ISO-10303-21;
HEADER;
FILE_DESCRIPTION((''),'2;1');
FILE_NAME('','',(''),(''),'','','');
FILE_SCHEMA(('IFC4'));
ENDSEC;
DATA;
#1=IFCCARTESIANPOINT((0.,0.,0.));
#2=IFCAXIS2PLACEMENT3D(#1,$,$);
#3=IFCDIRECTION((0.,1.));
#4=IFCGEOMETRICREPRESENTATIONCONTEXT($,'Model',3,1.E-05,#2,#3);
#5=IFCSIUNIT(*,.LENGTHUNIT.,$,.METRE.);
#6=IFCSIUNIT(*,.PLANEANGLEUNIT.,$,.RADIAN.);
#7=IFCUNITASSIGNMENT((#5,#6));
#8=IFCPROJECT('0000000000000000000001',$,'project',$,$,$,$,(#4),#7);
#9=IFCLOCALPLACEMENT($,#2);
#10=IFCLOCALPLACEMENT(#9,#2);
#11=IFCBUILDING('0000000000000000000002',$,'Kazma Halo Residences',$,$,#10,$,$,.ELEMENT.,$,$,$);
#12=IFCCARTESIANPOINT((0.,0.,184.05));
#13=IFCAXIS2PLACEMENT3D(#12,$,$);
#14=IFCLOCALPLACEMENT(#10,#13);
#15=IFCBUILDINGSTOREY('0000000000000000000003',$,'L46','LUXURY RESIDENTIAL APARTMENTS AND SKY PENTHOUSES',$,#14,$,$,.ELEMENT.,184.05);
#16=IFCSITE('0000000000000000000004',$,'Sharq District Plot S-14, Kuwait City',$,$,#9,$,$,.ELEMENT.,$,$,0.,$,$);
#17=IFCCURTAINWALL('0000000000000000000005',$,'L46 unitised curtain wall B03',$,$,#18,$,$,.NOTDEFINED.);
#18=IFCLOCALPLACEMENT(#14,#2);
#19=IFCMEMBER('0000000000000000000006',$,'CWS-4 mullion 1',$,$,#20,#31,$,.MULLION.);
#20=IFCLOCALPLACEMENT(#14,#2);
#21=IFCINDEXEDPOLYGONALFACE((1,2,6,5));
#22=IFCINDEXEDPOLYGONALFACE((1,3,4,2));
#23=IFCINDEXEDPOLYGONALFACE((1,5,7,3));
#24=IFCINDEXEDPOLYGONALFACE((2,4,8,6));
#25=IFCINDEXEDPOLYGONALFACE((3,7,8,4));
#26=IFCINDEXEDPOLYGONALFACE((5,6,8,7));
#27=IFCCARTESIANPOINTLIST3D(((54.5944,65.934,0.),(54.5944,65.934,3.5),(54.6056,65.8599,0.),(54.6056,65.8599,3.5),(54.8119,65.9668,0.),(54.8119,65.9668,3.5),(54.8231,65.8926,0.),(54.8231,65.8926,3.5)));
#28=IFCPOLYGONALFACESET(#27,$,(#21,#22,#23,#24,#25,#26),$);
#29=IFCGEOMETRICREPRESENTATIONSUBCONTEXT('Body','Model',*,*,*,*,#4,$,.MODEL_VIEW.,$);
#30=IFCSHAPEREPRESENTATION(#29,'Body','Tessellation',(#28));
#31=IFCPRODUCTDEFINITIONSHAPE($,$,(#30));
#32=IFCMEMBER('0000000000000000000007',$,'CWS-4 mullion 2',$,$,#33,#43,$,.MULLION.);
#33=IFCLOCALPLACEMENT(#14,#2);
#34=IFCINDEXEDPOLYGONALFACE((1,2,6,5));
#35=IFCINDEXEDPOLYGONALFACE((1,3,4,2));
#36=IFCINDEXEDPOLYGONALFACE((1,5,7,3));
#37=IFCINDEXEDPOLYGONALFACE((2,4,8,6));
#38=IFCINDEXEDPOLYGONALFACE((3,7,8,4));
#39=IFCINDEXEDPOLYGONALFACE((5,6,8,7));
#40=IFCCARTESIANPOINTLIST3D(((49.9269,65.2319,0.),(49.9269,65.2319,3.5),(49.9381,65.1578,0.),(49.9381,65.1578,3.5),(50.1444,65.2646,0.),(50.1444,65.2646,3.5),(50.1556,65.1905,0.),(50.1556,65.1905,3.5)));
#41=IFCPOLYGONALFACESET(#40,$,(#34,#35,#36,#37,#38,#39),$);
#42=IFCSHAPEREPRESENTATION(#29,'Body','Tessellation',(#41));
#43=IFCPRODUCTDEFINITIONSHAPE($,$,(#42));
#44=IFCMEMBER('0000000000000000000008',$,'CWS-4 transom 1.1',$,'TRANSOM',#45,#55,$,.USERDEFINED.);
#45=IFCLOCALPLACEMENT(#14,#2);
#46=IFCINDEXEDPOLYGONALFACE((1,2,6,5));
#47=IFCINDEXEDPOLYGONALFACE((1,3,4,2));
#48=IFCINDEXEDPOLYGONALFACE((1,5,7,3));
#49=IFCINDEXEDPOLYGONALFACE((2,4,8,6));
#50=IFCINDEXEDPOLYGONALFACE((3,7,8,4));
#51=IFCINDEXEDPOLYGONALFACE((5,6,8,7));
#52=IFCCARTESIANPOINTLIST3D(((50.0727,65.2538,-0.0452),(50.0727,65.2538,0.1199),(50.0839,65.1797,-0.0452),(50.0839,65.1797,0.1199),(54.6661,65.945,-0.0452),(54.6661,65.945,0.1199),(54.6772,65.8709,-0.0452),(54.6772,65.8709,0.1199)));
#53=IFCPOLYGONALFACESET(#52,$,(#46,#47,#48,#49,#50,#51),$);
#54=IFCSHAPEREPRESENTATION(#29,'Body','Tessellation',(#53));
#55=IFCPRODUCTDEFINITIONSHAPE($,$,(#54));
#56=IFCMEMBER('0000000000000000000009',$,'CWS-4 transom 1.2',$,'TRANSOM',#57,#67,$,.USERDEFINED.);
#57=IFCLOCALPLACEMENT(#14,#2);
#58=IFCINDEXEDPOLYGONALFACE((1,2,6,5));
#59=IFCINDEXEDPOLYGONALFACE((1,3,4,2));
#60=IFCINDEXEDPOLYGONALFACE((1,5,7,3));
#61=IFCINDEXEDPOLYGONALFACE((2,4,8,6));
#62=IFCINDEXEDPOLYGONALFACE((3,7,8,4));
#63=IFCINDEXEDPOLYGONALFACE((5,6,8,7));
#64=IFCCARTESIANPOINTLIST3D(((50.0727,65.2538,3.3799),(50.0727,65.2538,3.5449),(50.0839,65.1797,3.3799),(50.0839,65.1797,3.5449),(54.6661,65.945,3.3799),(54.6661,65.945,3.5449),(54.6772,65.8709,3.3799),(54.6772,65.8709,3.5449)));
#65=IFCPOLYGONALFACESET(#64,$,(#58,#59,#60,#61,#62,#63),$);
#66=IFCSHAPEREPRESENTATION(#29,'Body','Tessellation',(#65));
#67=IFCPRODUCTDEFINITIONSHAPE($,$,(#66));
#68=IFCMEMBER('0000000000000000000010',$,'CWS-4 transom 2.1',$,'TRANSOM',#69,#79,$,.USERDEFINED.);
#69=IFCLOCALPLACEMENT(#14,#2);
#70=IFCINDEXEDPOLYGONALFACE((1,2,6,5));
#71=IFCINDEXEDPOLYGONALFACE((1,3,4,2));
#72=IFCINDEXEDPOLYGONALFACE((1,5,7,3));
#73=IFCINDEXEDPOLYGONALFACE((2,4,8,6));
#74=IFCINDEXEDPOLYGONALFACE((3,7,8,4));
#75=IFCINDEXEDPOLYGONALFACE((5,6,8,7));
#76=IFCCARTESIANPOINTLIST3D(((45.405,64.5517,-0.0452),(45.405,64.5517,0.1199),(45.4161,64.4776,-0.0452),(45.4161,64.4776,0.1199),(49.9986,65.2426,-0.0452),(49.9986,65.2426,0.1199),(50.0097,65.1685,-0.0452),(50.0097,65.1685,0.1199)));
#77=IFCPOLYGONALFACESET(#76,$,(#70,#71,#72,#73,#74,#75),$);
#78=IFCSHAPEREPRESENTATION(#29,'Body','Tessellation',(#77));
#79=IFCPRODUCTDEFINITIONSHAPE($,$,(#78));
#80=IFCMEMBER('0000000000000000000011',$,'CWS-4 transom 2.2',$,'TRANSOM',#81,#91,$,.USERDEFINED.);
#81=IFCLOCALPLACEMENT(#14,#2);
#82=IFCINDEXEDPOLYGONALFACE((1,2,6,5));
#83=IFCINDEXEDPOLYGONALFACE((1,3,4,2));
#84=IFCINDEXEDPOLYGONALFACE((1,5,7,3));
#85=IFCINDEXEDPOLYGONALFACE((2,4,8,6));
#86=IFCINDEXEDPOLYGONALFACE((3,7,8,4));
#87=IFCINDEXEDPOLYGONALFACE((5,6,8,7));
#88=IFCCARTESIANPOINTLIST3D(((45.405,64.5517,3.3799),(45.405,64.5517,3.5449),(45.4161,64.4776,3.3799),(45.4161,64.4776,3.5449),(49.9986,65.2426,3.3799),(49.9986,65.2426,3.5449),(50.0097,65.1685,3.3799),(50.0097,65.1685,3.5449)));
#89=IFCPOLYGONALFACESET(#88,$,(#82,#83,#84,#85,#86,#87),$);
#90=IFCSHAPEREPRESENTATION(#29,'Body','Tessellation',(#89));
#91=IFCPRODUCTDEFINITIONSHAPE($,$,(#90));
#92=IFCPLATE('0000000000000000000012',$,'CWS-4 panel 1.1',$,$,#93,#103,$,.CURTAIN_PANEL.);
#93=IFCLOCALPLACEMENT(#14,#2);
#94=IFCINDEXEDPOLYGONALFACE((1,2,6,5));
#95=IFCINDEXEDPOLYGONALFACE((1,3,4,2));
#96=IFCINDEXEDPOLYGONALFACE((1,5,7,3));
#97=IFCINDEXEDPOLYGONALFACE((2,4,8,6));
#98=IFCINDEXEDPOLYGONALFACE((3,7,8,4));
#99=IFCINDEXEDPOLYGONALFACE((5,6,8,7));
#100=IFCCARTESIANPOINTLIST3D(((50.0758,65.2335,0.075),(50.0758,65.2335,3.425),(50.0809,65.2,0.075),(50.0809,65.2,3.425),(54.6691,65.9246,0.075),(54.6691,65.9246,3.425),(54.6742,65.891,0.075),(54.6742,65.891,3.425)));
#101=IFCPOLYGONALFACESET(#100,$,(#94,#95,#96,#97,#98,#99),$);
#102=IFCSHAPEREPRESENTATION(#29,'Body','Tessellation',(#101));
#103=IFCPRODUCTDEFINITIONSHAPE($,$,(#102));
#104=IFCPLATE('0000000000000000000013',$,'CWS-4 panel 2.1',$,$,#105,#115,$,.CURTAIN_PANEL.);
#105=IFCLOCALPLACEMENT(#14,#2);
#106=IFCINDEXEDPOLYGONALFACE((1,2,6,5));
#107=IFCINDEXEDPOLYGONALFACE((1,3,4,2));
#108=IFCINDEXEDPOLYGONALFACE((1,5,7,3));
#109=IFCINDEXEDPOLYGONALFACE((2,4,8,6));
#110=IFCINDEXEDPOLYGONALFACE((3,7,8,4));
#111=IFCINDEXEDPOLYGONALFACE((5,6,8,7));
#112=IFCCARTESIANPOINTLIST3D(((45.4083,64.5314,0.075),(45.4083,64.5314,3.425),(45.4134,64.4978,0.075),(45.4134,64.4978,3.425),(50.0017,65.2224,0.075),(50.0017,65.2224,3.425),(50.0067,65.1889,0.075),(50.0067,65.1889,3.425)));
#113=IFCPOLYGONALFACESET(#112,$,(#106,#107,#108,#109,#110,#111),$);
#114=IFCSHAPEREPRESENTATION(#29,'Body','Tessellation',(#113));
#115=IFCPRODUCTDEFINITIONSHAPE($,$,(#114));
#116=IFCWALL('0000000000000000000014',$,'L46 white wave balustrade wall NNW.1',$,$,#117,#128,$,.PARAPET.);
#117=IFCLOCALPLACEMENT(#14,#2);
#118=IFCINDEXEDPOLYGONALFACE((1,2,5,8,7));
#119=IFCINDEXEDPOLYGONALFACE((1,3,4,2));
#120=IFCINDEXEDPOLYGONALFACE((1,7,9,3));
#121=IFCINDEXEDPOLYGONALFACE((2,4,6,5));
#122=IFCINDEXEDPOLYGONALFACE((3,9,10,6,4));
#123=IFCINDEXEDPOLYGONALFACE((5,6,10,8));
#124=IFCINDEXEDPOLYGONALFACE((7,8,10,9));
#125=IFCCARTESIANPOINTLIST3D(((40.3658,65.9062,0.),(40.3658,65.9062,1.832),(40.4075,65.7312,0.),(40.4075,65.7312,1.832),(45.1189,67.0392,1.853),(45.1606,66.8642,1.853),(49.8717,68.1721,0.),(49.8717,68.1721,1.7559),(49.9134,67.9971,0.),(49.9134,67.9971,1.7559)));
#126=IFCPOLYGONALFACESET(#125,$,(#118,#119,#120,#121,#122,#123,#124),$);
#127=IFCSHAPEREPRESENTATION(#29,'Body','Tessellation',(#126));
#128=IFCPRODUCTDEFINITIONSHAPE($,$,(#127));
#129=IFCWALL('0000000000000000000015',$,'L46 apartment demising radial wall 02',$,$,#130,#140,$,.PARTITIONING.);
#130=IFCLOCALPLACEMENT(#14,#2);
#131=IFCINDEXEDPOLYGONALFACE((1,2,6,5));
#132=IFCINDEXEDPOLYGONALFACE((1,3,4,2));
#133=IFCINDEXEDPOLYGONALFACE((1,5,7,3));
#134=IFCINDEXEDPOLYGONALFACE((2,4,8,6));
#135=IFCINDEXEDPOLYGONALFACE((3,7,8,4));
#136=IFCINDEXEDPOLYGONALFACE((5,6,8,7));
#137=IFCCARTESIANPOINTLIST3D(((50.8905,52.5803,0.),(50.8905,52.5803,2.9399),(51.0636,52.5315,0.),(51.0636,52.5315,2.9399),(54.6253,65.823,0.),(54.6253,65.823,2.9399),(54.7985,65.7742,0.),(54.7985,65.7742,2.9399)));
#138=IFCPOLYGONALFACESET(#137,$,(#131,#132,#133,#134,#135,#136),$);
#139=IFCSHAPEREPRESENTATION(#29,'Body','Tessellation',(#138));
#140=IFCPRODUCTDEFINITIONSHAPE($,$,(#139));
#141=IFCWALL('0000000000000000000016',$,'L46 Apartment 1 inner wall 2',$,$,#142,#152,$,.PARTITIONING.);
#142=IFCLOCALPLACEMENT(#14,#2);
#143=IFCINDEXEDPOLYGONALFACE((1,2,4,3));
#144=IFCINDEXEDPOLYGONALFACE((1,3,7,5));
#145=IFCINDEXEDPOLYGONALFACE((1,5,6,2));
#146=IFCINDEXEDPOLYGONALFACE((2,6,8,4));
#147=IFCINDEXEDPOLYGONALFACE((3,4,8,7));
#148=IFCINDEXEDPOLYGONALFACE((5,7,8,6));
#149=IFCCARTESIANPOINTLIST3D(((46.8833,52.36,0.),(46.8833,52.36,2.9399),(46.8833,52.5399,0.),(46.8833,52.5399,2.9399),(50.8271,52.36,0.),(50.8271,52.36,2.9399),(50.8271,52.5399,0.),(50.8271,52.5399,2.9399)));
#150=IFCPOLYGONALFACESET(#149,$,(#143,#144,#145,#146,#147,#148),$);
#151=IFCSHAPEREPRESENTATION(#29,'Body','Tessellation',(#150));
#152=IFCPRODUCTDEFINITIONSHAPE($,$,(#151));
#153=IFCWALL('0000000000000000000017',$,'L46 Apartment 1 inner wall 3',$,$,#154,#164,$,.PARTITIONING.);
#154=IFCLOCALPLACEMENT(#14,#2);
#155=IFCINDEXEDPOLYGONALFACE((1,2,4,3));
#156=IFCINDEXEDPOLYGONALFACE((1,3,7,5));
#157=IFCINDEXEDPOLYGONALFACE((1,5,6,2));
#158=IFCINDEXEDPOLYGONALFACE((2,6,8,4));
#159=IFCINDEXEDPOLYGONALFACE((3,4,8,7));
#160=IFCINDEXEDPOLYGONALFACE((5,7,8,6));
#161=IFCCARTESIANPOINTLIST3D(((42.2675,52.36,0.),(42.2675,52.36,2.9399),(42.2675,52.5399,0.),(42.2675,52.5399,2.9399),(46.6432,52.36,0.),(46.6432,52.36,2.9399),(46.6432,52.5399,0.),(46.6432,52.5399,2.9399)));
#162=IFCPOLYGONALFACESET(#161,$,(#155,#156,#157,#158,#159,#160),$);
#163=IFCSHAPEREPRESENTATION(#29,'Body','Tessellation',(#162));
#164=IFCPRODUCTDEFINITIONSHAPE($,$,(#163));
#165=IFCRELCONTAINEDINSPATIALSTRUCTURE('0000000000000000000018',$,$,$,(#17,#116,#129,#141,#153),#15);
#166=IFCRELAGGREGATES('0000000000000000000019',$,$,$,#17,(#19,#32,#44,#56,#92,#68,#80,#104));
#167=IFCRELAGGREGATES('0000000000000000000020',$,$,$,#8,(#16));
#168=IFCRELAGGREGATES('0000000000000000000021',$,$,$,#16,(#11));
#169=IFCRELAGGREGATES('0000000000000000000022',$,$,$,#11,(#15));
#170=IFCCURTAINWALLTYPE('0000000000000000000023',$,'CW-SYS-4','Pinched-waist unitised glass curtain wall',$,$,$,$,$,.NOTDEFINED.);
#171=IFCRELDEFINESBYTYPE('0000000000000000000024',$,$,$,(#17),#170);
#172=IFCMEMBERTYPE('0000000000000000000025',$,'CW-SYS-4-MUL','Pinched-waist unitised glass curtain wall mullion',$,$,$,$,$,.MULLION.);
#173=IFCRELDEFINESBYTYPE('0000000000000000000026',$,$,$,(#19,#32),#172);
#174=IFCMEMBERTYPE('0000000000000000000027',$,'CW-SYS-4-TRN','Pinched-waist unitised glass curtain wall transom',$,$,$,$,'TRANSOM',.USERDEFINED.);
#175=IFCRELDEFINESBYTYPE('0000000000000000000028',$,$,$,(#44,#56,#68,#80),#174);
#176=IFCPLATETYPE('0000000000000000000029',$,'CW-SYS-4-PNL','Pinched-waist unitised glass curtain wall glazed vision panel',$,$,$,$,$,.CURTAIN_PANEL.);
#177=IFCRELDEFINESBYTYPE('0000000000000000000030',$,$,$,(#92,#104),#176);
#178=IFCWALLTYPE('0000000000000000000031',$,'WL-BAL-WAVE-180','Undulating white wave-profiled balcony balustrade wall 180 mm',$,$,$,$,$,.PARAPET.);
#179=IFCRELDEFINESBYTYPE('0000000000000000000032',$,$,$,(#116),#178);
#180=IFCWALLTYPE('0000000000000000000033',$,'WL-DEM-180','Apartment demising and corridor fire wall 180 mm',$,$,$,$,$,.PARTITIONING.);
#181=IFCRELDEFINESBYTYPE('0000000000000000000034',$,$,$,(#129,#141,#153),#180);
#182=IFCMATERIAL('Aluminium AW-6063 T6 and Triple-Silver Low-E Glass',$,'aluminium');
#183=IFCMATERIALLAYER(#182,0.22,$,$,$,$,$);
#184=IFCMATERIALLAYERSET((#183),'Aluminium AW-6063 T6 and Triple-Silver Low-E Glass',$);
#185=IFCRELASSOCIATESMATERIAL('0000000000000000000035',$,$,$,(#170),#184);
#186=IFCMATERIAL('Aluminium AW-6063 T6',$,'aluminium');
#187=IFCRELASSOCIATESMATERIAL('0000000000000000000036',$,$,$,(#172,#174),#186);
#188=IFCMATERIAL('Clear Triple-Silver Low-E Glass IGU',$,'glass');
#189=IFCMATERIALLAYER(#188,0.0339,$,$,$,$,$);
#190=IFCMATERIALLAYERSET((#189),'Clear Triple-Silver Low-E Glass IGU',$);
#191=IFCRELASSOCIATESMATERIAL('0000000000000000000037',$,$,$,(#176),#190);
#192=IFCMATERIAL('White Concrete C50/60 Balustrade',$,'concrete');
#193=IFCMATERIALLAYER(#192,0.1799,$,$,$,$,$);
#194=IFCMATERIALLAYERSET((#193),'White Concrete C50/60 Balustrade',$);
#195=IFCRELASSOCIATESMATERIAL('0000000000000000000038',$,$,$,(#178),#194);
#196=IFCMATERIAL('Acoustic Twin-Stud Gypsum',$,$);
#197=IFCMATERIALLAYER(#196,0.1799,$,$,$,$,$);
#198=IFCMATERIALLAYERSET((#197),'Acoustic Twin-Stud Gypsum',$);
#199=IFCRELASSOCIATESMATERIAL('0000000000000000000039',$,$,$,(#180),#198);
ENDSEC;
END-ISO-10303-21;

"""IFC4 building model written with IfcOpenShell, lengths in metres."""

from ifc_helpers import new_model, si_unit, direction, frame, frame_2d, origin, origin_2d, place, context, subcontext, project, spatial, polyline, rectangle, outline, extrude, material, layer, layer_set, material_profile, profile_set, type_object, element, aggregate, save


model = new_model("IFC4")

# Units and contexts
model_context = context("Model", 3, precision=1e-05, world=origin(), true_north=direction((0.0, 1.0)))
body_context = subcontext(model_context, "Body", "Model", "MODEL_VIEW")
ifc_project = project(units=[si_unit("LENGTHUNIT", "METRE"), si_unit("PLANEANGLEUNIT", "RADIAN")], contexts=[model_context])

# Site, building, storey
site_placement = place(None, origin())
site = spatial("IfcSite", under=ifc_project, at=site_placement, Name="Sharq District Plot S-14, Kuwait City", CompositionType="ELEMENT", RefElevation=0.0)
building_placement = place(site_placement, origin())
building = spatial("IfcBuilding", under=site, at=building_placement, Name="Kazma Halo Residences", CompositionType="ELEMENT")
storey_placement = place(building_placement, frame((0.0, 0.0, 184.05)))
storey = spatial("IfcBuildingStorey", under=building, at=storey_placement, Name="L46", Description="LUXURY RESIDENTIAL APARTMENTS AND SKY PENTHOUSES", CompositionType="ELEMENT", Elevation=184.05)

# Curtain wall, members, plates
ifc_material_1 = material(Name="Aluminium AW-6063 T6 and Triple-Silver Low-E Glass", Category="aluminium")
ifc_layer_1 = layer(ifc_material_1, 0.22)
ifc_layer_set_1 = layer_set([ifc_layer_1], Name="Aluminium AW-6063 T6 and Triple-Silver Low-E Glass")
curtain_wall_type = type_object("IfcCurtainWallType", Name="CW-SYS-4", Description="Pinched-waist unitised glass curtain wall", PredefinedType="NOTDEFINED", material=ifc_layer_set_1)
curtain_wall_placement = place(storey_placement, origin())
curtain_wall = element("IfcCurtainWall", 1, at=curtain_wall_placement, inside=storey, type_object=curtain_wall_type, Name="L46 unitised curtain wall B03", PredefinedType="NOTDEFINED")
ifc_material_2 = material(Name="Aluminium AW-6063 T6", Category="aluminium")
ifc_material_profile_1 = material_profile(ifc_material_2, rectangle(XDim=0.075, YDim=0.22, at=origin_2d()), Name="CWM-75x220")
ifc_profile_set_1 = profile_set([ifc_material_profile_1], Name="Aluminium AW-6063 T6")
member_type_1 = type_object("IfcMemberType", Name="CW-SYS-4-MUL", Description="Pinched-waist unitised glass curtain wall mullion", PredefinedType="MULLION", material=ifc_profile_set_1)
member_1_placement = place(storey_placement, frame((54.7087, 65.9133, 0.0), z_axis=(0.0, 0.0, 1.0), x_axis=(0.148773, -0.988871, 0.0)))
member_1 = element("IfcMember", 2, at=member_1_placement, type_object=member_type_1, Name="CWS-4 mullion 1", PredefinedType="MULLION", context=body_context, shape_type="SweptSolid", body=[
    extrude(rectangle(XDim=0.075, YDim=0.22, at=origin_2d()), origin(), (0.0, 0.0, 1.0), 3.5),
])
member_2_placement = place(storey_placement, frame((50.0413, 65.2112, 0.0), z_axis=(0.0, 0.0, 1.0), x_axis=(0.148773, -0.988871, 0.0)))
member_2 = element("IfcMember", 3, at=member_2_placement, type_object=member_type_1, Name="CWS-4 mullion 2", PredefinedType="MULLION", context=body_context, shape_type="SweptSolid", body=[
    extrude(rectangle(XDim=0.075, YDim=0.22, at=origin_2d()), origin(), (0.0, 0.0, 1.0), 3.5),
])
ifc_material_profile_2 = material_profile(ifc_material_2, rectangle(XDim=0.075, YDim=0.165, at=origin_2d()), Name="CWT-75x165")
ifc_profile_set_2 = profile_set([ifc_material_profile_2], Name="Aluminium AW-6063 T6")
member_type_2 = type_object("IfcMemberType", Name="CW-SYS-4-TRN", Description="Pinched-waist unitised glass curtain wall transom", ElementType="TRANSOM", PredefinedType="USERDEFINED", material=ifc_profile_set_2)
member_3_placement = place(storey_placement, frame((54.6716, 65.908, 0.0374), z_axis=(-0.988868, -0.148798, 0.0), x_axis=(0.148798, -0.988868, 0.0)))
member_3 = element("IfcMember", 4, at=member_3_placement, type_object=member_type_2, Name="CWS-4 transom 1.1", ObjectType="TRANSOM", PredefinedType="USERDEFINED", context=body_context, shape_type="SweptSolid", body=[
    extrude(rectangle(XDim=0.075, YDim=0.165, at=origin_2d()), origin(), (0.0, 0.0, 1.0), 4.645),
])
member_4_placement = place(storey_placement, frame((54.6716, 65.908, 3.4624), z_axis=(-0.988868, -0.148798, 0.0), x_axis=(0.148798, -0.988868, 0.0)))
member_4 = element("IfcMember", 5, at=member_4_placement, type_object=member_type_2, Name="CWS-4 transom 1.2", ObjectType="TRANSOM", PredefinedType="USERDEFINED", context=body_context, shape_type="SweptSolid", body=[
    extrude(rectangle(XDim=0.075, YDim=0.165, at=origin_2d()), origin(), (0.0, 0.0, 1.0), 4.645),
])
member_5_placement = place(storey_placement, frame((50.0042, 65.2056, 0.0374), z_axis=(-0.988877, -0.148739, 0.0), x_axis=(0.148739, -0.988877, 0.0)))
member_5 = element("IfcMember", 6, at=member_5_placement, type_object=member_type_2, Name="CWS-4 transom 2.1", ObjectType="TRANSOM", PredefinedType="USERDEFINED", context=body_context, shape_type="SweptSolid", body=[
    extrude(rectangle(XDim=0.075, YDim=0.165, at=origin_2d()), origin(), (0.0, 0.0, 1.0), 4.6453),
])
member_6_placement = place(storey_placement, frame((50.0042, 65.2056, 3.4624), z_axis=(-0.988877, -0.148739, 0.0), x_axis=(0.148739, -0.988877, 0.0)))
member_6 = element("IfcMember", 7, at=member_6_placement, type_object=member_type_2, Name="CWS-4 transom 2.2", ObjectType="TRANSOM", PredefinedType="USERDEFINED", context=body_context, shape_type="SweptSolid", body=[
    extrude(rectangle(XDim=0.075, YDim=0.165, at=origin_2d()), origin(), (0.0, 0.0, 1.0), 4.6453),
])
ifc_material_3 = material(Name="Clear Triple-Silver Low-E Glass IGU", Category="glass")
ifc_layer_2 = layer(ifc_material_3, 0.0339)
ifc_layer_set_2 = layer_set([ifc_layer_2], Name="Clear Triple-Silver Low-E Glass IGU")
plate_type = type_object("IfcPlateType", Name="CW-SYS-4-PNL", Description="Pinched-waist unitised glass curtain wall glazed vision panel", PredefinedType="CURTAIN_PANEL", material=ifc_layer_set_2)
plate_1_placement = place(storey_placement, frame((52.375, 65.5623, 0.075), z_axis=(0.0, 0.0, 1.0), x_axis=(-0.988871, -0.148773, 0.0)))
plate_1 = element("IfcPlate", 8, at=plate_1_placement, type_object=plate_type, Name="CWS-4 panel 1.1", PredefinedType="CURTAIN_PANEL", context=body_context, shape_type="SweptSolid", body=[
    extrude(rectangle(XDim=4.645, YDim=0.0339, at=origin_2d()), origin(), (0.0, 0.0, 1.0), 3.3501),
])
plate_2_placement = place(storey_placement, frame((47.7075, 64.8601, 0.075), z_axis=(0.0, 0.0, 1.0), x_axis=(-0.988871, -0.148773, 0.0)))
plate_2 = element("IfcPlate", 9, at=plate_2_placement, type_object=plate_type, Name="CWS-4 panel 2.1", PredefinedType="CURTAIN_PANEL", context=body_context, shape_type="SweptSolid", body=[
    extrude(rectangle(XDim=4.645, YDim=0.0339, at=origin_2d()), origin(), (0.0, 0.0, 1.0), 3.3501),
])
aggregate(curtain_wall, [member_1, member_2, member_3, member_4, plate_1, member_5, member_6, plate_2])

# Walls
ifc_material_4 = material(Name="White Concrete C50/60 Balustrade", Category="concrete")
ifc_layer_3 = layer(ifc_material_4, 0.1799)
ifc_layer_set_3 = layer_set([ifc_layer_3], Name="White Concrete C50/60 Balustrade")
wall_type_1 = type_object("IfcWallType", Name="WL-BAL-WAVE-180", Description="Undulating white wave-profiled balcony balustrade wall 180 mm", PredefinedType="PARAPET", material=ifc_layer_set_3)
wall_1_placement = place(storey_placement, frame((49.8926, 68.0845, 0.0), z_axis=(0.0, 0.0, 1.0), x_axis=(-0.972747, -0.231869, 0.0)))
element("IfcWall", 10, at=wall_1_placement, inside=storey, type_object=wall_type_1, Name="L46 white wave balustrade wall NNW.1", PredefinedType="PARAPET", context=body_context, shape_type="SweptSolid", body=[
    extrude(outline(polyline([(0.0, 0.0), (9.7722, 0.0), (9.7722, 1.832), (4.886, 1.853), (0.0, 1.7559), (0.0, 0.0)])), frame((0.0, 0.0898, 0.0), z_axis=(0.0, -1.0, 0.0), x_axis=(1.0, 0.0, 0.0)), (0.0, 0.0, 1.0), 0.1799),
])
ifc_material_5 = material(Name="Acoustic Twin-Stud Gypsum")
ifc_layer_4 = layer(ifc_material_5, 0.1799)
ifc_layer_set_4 = layer_set([ifc_layer_4], Name="Acoustic Twin-Stud Gypsum")
wall_type_2 = type_object("IfcWallType", Name="WL-DEM-180", Description="Apartment demising and corridor fire wall 180 mm", PredefinedType="PARTITIONING", material=ifc_layer_set_4)
wall_2_placement = place(storey_placement, frame((50.9771, 52.5559, 0.0), z_axis=(0.0, 0.0, 1.0), x_axis=(0.271443, 0.962454, 0.0)))
element("IfcWall", 11, at=wall_2_placement, inside=storey, type_object=wall_type_2, Name="L46 apartment demising radial wall 02", PredefinedType="PARTITIONING", context=body_context, shape_type="SweptSolid", body=[
    extrude(rectangle(XDim=13.7593, YDim=0.1799, at=frame_2d((6.8796, 0.0))), origin(), (0.0, 0.0, 1.0), 2.9399),
])
wall_3_placement = place(storey_placement, frame((50.8271, 52.45, 0.0), z_axis=(0.0, 0.0, 1.0), x_axis=(-1.0, 0.0, 0.0)))
element("IfcWall", 12, at=wall_3_placement, inside=storey, type_object=wall_type_2, Name="L46 Apartment 1 inner wall 2", PredefinedType="PARTITIONING", context=body_context, shape_type="SweptSolid", body=[
    extrude(rectangle(XDim=3.9438, YDim=0.1799, at=frame_2d((1.9719, 0.0))), origin(), (0.0, 0.0, 1.0), 2.9399),
])
wall_4_placement = place(storey_placement, frame((46.6433, 52.45, 0.0), z_axis=(0.0, 0.0, 1.0), x_axis=(-1.0, 0.0, 0.0)))
element("IfcWall", 13, at=wall_4_placement, inside=storey, type_object=wall_type_2, Name="L46 Apartment 1 inner wall 3", PredefinedType="PARTITIONING", context=body_context, shape_type="SweptSolid", body=[
    extrude(rectangle(XDim=4.3757, YDim=0.1799, at=frame_2d((2.188, 0.0))), origin(), (0.0, 0.0, 1.0), 2.9399),
])

save(model, "model.ifc")
